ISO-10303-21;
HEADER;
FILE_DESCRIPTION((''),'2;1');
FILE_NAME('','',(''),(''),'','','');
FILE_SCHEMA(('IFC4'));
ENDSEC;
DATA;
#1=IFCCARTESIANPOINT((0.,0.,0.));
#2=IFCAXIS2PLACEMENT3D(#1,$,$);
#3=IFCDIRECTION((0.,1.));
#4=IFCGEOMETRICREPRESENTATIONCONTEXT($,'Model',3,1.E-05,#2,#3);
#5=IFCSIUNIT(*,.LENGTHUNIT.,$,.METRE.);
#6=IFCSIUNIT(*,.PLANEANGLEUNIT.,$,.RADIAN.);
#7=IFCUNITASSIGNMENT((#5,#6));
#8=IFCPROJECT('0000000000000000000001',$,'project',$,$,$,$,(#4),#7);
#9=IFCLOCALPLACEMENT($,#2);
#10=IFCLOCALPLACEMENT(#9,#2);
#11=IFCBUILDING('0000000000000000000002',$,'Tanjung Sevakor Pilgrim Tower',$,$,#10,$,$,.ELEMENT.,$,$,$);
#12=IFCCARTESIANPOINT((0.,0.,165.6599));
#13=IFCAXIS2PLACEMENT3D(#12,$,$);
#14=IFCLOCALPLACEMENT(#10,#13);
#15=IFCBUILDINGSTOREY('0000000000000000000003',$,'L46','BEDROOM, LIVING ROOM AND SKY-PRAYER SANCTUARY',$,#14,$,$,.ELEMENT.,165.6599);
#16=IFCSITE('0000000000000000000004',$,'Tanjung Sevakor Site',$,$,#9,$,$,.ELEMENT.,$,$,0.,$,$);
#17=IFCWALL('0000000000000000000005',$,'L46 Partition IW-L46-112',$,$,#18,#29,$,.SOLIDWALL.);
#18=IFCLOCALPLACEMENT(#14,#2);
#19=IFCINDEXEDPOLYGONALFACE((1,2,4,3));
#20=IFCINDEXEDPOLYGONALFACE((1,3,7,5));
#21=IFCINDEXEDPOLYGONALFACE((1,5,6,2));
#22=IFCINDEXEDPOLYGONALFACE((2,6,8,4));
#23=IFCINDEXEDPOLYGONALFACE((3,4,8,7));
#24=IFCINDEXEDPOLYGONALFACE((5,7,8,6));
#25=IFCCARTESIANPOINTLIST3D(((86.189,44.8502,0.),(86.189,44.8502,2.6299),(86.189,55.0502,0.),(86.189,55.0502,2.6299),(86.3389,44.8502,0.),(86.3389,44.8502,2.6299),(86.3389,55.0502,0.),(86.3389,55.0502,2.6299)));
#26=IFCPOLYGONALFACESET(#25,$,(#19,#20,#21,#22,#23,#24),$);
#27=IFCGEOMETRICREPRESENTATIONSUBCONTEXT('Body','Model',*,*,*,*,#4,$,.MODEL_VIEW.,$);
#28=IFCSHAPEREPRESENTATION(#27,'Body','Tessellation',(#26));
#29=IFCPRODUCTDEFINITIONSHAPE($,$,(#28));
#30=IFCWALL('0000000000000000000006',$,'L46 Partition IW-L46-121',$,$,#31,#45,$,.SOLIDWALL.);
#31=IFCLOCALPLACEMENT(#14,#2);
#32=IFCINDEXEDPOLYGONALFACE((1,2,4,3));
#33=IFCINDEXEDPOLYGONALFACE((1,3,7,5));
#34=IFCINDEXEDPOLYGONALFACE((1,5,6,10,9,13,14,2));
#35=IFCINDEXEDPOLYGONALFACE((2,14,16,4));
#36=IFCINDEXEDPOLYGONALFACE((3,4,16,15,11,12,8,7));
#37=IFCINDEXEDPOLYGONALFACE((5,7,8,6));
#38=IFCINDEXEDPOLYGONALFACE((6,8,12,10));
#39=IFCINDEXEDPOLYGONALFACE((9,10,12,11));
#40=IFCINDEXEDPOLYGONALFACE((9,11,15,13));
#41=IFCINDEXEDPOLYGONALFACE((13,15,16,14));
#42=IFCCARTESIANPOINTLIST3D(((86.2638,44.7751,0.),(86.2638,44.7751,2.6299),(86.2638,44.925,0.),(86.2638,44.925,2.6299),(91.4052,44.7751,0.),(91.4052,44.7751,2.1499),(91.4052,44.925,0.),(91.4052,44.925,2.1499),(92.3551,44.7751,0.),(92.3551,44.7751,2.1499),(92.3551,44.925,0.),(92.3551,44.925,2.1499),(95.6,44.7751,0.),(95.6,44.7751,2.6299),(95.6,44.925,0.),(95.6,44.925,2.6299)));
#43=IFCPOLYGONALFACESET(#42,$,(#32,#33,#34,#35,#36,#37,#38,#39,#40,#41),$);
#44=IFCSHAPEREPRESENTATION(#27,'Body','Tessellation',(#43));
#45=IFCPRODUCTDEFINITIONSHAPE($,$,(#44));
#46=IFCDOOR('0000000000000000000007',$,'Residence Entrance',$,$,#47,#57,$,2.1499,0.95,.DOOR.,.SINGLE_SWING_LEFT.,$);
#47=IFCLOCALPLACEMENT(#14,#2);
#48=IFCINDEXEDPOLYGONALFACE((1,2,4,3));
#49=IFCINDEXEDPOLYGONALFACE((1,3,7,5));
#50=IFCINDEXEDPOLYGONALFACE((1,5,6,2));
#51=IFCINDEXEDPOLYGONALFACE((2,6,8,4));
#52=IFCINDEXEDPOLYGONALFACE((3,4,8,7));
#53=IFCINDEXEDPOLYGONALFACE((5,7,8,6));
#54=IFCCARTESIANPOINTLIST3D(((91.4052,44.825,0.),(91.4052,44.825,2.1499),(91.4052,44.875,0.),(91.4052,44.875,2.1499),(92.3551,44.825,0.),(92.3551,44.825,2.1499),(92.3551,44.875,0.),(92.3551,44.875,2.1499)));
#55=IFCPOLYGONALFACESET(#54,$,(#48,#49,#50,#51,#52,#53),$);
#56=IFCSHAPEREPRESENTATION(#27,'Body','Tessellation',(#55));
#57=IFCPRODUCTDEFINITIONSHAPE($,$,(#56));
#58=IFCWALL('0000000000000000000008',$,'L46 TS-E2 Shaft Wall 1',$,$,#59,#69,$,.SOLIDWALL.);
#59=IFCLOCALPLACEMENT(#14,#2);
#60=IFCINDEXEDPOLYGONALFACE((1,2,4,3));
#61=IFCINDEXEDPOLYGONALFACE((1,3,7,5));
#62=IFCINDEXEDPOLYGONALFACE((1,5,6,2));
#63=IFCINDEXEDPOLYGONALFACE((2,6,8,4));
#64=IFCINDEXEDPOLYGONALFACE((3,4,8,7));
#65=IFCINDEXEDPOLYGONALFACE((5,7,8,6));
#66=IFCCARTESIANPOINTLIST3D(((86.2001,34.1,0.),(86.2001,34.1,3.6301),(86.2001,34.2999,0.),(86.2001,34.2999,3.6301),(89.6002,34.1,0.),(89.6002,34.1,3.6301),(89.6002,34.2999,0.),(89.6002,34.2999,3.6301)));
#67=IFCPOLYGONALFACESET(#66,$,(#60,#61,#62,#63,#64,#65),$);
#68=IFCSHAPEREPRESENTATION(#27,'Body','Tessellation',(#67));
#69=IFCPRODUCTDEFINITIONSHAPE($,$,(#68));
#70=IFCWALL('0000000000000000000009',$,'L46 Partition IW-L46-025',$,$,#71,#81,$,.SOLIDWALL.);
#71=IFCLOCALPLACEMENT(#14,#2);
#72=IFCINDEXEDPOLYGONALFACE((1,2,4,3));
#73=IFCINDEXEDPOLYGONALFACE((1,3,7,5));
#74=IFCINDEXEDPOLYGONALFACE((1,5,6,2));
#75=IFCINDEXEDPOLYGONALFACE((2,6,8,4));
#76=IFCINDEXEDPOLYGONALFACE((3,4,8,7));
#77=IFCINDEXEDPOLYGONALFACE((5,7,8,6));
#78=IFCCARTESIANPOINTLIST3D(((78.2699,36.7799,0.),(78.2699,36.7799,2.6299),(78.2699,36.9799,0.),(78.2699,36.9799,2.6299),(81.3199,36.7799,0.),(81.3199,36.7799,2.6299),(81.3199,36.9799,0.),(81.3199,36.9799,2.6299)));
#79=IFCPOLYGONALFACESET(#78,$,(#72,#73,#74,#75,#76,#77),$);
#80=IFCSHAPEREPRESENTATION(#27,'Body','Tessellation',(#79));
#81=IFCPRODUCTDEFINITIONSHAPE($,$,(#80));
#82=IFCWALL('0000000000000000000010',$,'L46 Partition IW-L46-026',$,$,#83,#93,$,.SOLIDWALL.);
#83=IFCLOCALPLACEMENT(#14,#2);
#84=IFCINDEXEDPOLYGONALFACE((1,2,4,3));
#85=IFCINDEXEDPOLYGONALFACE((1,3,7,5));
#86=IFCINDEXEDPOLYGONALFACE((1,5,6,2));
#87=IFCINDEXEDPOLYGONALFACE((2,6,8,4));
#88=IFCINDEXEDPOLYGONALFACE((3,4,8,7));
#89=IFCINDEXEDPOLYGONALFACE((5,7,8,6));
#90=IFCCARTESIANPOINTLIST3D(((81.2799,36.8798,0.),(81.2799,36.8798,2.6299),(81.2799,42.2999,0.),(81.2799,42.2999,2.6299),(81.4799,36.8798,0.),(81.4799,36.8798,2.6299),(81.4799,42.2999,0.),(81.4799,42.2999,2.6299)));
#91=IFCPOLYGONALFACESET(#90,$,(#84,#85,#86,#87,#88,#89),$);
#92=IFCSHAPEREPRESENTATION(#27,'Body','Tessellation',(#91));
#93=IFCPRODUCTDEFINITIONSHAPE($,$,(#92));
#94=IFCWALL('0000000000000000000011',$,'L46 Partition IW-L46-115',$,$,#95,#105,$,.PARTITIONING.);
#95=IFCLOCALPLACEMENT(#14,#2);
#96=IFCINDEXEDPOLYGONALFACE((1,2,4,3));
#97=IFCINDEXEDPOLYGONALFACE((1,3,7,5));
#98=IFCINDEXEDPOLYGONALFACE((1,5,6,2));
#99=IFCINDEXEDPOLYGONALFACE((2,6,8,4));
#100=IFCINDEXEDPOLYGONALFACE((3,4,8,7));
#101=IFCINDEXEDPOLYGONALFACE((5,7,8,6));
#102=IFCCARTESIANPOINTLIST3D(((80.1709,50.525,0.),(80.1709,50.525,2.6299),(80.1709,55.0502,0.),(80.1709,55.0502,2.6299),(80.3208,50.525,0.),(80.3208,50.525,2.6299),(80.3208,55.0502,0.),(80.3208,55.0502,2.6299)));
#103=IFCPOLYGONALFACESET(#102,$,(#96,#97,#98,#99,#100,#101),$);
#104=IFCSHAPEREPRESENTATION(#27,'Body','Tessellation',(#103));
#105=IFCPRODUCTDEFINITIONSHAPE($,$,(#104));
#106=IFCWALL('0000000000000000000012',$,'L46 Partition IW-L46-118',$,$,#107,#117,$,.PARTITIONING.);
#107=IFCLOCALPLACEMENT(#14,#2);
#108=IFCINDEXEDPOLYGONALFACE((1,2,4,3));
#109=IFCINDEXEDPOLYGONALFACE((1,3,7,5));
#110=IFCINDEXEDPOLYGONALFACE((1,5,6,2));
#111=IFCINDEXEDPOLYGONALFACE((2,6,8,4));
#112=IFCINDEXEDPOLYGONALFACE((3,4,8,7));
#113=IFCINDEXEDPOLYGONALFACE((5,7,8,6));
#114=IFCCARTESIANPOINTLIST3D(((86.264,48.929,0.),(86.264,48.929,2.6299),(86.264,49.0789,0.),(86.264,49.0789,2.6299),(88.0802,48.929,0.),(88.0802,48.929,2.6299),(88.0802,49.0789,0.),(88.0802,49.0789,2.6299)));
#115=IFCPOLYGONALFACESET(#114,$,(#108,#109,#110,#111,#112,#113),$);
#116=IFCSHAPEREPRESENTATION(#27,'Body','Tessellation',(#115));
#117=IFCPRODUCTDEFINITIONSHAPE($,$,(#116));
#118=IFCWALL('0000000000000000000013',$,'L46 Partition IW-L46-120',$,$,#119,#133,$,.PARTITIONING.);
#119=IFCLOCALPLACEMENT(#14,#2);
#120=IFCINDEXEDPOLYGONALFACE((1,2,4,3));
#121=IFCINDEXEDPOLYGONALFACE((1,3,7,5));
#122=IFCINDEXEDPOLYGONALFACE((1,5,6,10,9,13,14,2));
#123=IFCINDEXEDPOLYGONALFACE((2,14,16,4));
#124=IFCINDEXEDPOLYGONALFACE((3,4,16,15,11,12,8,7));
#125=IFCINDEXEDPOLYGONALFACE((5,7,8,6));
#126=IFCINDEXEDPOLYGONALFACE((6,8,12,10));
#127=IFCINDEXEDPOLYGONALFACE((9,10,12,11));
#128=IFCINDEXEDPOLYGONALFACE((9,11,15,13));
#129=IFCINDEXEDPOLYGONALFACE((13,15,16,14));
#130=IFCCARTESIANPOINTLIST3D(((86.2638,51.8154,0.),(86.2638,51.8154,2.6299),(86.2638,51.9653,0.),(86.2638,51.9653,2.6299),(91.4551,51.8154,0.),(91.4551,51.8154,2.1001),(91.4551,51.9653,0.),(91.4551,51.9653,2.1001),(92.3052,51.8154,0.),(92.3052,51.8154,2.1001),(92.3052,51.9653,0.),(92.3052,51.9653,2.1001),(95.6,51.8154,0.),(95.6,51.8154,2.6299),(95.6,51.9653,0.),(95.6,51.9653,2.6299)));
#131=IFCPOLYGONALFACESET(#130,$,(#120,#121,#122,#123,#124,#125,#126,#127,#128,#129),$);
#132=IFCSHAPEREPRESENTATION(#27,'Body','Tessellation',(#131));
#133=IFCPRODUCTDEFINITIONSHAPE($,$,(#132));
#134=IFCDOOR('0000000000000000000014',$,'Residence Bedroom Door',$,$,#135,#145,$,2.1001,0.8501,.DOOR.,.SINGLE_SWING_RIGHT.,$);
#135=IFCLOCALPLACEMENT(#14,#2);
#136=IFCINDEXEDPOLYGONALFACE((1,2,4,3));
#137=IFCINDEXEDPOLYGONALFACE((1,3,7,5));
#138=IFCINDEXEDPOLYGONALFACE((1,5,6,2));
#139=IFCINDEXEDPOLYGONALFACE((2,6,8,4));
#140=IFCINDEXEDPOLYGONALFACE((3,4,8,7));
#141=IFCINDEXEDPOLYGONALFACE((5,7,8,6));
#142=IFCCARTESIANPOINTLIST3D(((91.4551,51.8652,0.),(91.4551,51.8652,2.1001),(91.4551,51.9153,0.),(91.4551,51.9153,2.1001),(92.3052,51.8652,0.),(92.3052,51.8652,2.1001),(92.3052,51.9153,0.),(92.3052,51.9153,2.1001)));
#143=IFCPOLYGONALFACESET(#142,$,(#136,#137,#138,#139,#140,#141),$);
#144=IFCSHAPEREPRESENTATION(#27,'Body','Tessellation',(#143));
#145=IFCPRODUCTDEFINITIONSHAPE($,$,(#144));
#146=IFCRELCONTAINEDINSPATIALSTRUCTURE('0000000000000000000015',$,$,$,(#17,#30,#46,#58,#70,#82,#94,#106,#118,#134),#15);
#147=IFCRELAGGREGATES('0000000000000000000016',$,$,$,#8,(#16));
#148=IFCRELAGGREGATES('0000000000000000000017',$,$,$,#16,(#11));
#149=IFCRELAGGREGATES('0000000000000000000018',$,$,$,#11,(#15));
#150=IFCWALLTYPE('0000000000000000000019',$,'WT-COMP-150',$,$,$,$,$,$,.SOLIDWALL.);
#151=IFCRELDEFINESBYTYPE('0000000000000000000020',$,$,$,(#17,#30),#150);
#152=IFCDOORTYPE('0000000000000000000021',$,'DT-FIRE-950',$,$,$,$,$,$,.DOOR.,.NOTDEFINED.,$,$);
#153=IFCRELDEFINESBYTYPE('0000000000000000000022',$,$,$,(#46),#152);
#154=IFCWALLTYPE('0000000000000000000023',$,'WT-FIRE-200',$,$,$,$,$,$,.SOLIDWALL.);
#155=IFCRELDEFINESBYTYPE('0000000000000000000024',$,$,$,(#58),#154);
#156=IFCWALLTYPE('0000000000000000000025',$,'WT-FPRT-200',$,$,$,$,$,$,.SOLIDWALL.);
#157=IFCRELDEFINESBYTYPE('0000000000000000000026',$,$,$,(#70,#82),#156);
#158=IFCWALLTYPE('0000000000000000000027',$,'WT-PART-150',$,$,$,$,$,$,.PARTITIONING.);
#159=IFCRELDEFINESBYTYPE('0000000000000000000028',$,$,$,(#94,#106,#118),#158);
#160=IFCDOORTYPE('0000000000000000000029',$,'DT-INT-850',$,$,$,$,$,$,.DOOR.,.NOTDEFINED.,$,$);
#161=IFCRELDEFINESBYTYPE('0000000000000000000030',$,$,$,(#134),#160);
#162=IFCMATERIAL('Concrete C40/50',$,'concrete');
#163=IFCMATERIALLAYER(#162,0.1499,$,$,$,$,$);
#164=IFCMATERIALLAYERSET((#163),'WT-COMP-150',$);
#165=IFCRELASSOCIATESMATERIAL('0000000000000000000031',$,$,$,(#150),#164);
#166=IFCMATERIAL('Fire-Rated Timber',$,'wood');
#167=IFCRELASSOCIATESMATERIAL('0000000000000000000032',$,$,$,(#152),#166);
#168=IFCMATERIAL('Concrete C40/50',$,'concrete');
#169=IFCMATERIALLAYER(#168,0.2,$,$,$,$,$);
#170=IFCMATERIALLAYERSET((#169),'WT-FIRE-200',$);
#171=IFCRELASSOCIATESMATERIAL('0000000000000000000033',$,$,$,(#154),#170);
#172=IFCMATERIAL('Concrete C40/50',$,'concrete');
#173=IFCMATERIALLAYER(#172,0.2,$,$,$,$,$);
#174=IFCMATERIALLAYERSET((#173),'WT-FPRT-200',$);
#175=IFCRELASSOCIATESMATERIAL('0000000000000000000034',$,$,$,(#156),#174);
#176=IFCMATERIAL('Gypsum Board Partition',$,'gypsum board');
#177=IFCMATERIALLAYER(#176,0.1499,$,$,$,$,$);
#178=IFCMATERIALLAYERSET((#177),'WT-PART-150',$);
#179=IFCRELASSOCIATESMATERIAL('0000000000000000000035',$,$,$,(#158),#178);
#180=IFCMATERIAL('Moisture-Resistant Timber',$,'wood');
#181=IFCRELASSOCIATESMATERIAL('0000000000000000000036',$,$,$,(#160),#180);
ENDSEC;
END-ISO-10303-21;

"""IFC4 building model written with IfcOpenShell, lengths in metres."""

from ifc_helpers import new_model, si_unit, direction, frame, frame_2d, origin, place, context, subcontext, project, spatial, rectangle, extrude, material, layer, layer_set, type_object, element, fill, save


model = new_model("IFC4")

# Units and contexts
model_context = context("Model", 3, precision=1e-05, world=origin(), true_north=direction((0.0, 1.0)))
body_context = subcontext(model_context, "Body", "Model", "MODEL_VIEW")
ifc_project = project(units=[si_unit("LENGTHUNIT", "METRE"), si_unit("PLANEANGLEUNIT", "RADIAN")], contexts=[model_context])

# Site, building, storey
site_placement = place(None, origin())
site = spatial("IfcSite", under=ifc_project, at=site_placement, Name="Tanjung Sevakor Site", CompositionType="ELEMENT", RefElevation=0.0)
building_placement = place(site_placement, origin())
building = spatial("IfcBuilding", under=site, at=building_placement, Name="Tanjung Sevakor Pilgrim Tower", CompositionType="ELEMENT")
storey_placement = place(building_placement, frame((0.0, 0.0, 165.6599)))
storey = spatial("IfcBuildingStorey", under=building, at=storey_placement, Name="L46", Description="BEDROOM, LIVING ROOM AND SKY-PRAYER SANCTUARY", CompositionType="ELEMENT", Elevation=165.6599)

# Shared definitions
ifc_material_1 = material(Name="Concrete C40/50", Category="concrete")
ifc_layer_1 = layer(ifc_material_1, 0.1499)
ifc_layer_set_1 = layer_set([ifc_layer_1], Name="WT-COMP-150")
wall_type_1 = type_object("IfcWallType", Name="WT-COMP-150", PredefinedType="SOLIDWALL", material=ifc_layer_set_1)

# Shared definitions
ifc_material_2 = material(Name="Fire-Rated Timber", Category="wood")
door_type_1 = type_object("IfcDoorType", Name="DT-FIRE-950", OperationType="NOTDEFINED", PredefinedType="DOOR", material=ifc_material_2)

# Wall
wall_1_placement = place(storey_placement, frame((86.2639, 44.8501, 0.0), z_axis=(0.0, 0.0, 1.0), x_axis=(0.0, 1.0, 0.0)))
element("IfcWall", 1, at=wall_1_placement, inside=storey, type_object=wall_type_1, Name="L46 Partition IW-L46-112", PredefinedType="SOLIDWALL", context=body_context, shape_type="SweptSolid", body=[
    extrude(rectangle(XDim=10.2, YDim=0.1499, at=frame_2d((5.1001, 0.0))), origin(), (0.0, 0.0, 1.0), 2.6299),
])

# Wall, opening, door
wall_2_placement = place(storey_placement, frame((86.2639, 44.8501, 0.0), z_axis=(0.0, 0.0, 1.0), x_axis=(1.0, 0.0, 0.0)))
wall_2 = element("IfcWall", 2, at=wall_2_placement, inside=storey, type_object=wall_type_1, Name="L46 Partition IW-L46-121", PredefinedType="SOLIDWALL", context=body_context, shape_type="SweptSolid", body=[
    extrude(rectangle(XDim=9.3362, YDim=0.1499, at=frame_2d((4.668, 0.0))), origin(), (0.0, 0.0, 1.0), 2.6299),
])
opening_1_placement = place(wall_2_placement, frame((5.1411, 0.0, 0.0)))
opening_1 = element("IfcOpeningElement", 3, at=opening_1_placement, cuts=wall_2, PredefinedType="OPENING", context=body_context, shape_type="SweptSolid", body=[
    extrude(rectangle(XDim=0.95, YDim=2.1499, at=frame_2d((0.4751, 1.075))), frame((0.0, 0.085, 0.0), z_axis=(0.0, -1.0, 0.0), x_axis=(1.0, 0.0, 0.0)), (0.0, 0.0, 1.0), 0.1699),
])
door_1_placement = place(opening_1_placement, origin())
door_1 = element("IfcDoor", 4, at=door_1_placement, inside=storey, type_object=door_type_1, Name="Residence Entrance", OperationType="SINGLE_SWING_LEFT", OverallHeight=2.1499, OverallWidth=0.95, PredefinedType="DOOR", context=body_context, shape_type="SweptSolid", body=[
    extrude(rectangle(XDim=0.95, YDim=2.1499, at=frame_2d((0.4751, 1.075))), frame((0.0, 0.0249, 0.0), z_axis=(0.0, -1.0, 0.0), x_axis=(1.0, 0.0, 0.0)), (0.0, 0.0, 1.0), 0.05),
])
fill(opening_1, door_1)

# Walls
ifc_material_3 = material(Name="Concrete C40/50", Category="concrete")
ifc_layer_2 = layer(ifc_material_3, 0.2)
ifc_layer_set_2 = layer_set([ifc_layer_2], Name="WT-FIRE-200")
wall_type_2 = type_object("IfcWallType", Name="WT-FIRE-200", PredefinedType="SOLIDWALL", material=ifc_layer_set_2)
wall_3_placement = place(storey_placement, frame((86.2, 34.2, 0.0), z_axis=(0.0, 0.0, 1.0), x_axis=(1.0, 0.0, 0.0)))
element("IfcWall", 5, at=wall_3_placement, inside=storey, type_object=wall_type_2, Name="L46 TS-E2 Shaft Wall 1", PredefinedType="SOLIDWALL", context=body_context, shape_type="SweptSolid", body=[
    extrude(rectangle(XDim=3.4001, YDim=0.2, at=frame_2d((1.7002, 0.0))), origin(), (0.0, 0.0, 1.0), 3.6301),
])
ifc_material_4 = material(Name="Concrete C40/50", Category="concrete")
ifc_layer_3 = layer(ifc_material_4, 0.2)
ifc_layer_set_3 = layer_set([ifc_layer_3], Name="WT-FPRT-200")
wall_type_3 = type_object("IfcWallType", Name="WT-FPRT-200", PredefinedType="SOLIDWALL", material=ifc_layer_set_3)
wall_4_placement = place(storey_placement, frame((78.27, 36.8799, 0.0), z_axis=(0.0, 0.0, 1.0), x_axis=(1.0, 0.0, 0.0)))
element("IfcWall", 6, at=wall_4_placement, inside=storey, type_object=wall_type_3, Name="L46 Partition IW-L46-025", PredefinedType="SOLIDWALL", context=body_context, shape_type="SweptSolid", body=[
    extrude(rectangle(XDim=3.05, YDim=0.2, at=frame_2d((1.5249, 0.0))), origin(), (0.0, 0.0, 1.0), 2.6299),
])
wall_5_placement = place(storey_placement, frame((81.3799, 36.8799, 0.0), z_axis=(0.0, 0.0, 1.0), x_axis=(0.0, 1.0, 0.0)))
element("IfcWall", 7, at=wall_5_placement, inside=storey, type_object=wall_type_3, Name="L46 Partition IW-L46-026", PredefinedType="SOLIDWALL", context=body_context, shape_type="SweptSolid", body=[
    extrude(rectangle(XDim=5.4202, YDim=0.2, at=frame_2d((2.71, 0.0))), origin(), (0.0, 0.0, 1.0), 2.6299),
])
ifc_material_5 = material(Name="Gypsum Board Partition", Category="gypsum board")
ifc_layer_4 = layer(ifc_material_5, 0.1499)
ifc_layer_set_4 = layer_set([ifc_layer_4], Name="WT-PART-150")
wall_type_4 = type_object("IfcWallType", Name="WT-PART-150", PredefinedType="PARTITIONING", material=ifc_layer_set_4)
wall_6_placement = place(storey_placement, frame((80.2458, 50.5249, 0.0), z_axis=(0.0, 0.0, 1.0), x_axis=(0.0, 1.0, 0.0)))
element("IfcWall", 8, at=wall_6_placement, inside=storey, type_object=wall_type_4, Name="L46 Partition IW-L46-115", PredefinedType="PARTITIONING", context=body_context, shape_type="SweptSolid", body=[
    extrude(rectangle(XDim=4.5251, YDim=0.1499, at=frame_2d((2.2627, 0.0))), origin(), (0.0, 0.0, 1.0), 2.6299),
])
wall_7_placement = place(storey_placement, frame((86.2639, 49.0039, 0.0), z_axis=(0.0, 0.0, 1.0), x_axis=(1.0, 0.0, 0.0)))
element("IfcWall", 9, at=wall_7_placement, inside=storey, type_object=wall_type_4, Name="L46 Partition IW-L46-118", PredefinedType="PARTITIONING", context=body_context, shape_type="SweptSolid", body=[
    extrude(rectangle(XDim=1.8162, YDim=0.1499, at=frame_2d((0.9082, 0.0))), origin(), (0.0, 0.0, 1.0), 2.6299),
])

# Wall, opening, door
wall_8_placement = place(storey_placement, frame((86.2639, 51.8904, 0.0), z_axis=(0.0, 0.0, 1.0), x_axis=(1.0, 0.0, 0.0)))
wall_8 = element("IfcWall", 10, at=wall_8_placement, inside=storey, type_object=wall_type_4, Name="L46 Partition IW-L46-120", PredefinedType="PARTITIONING", context=body_context, shape_type="SweptSolid", body=[
    extrude(rectangle(XDim=9.3362, YDim=0.1499, at=frame_2d((4.668, 0.0))), origin(), (0.0, 0.0, 1.0), 2.6299),
])
opening_2_placement = place(wall_8_placement, frame((5.1912, 0.0, 0.0)))
opening_2 = element("IfcOpeningElement", 11, at=opening_2_placement, cuts=wall_8, PredefinedType="OPENING", context=body_context, shape_type="SweptSolid", body=[
    extrude(rectangle(XDim=0.8501, YDim=2.1001, at=frame_2d((0.425, 1.05))), frame((0.0, 0.085, 0.0), z_axis=(0.0, -1.0, 0.0), x_axis=(1.0, 0.0, 0.0)), (0.0, 0.0, 1.0), 0.1699),
])
ifc_material_6 = material(Name="Moisture-Resistant Timber", Category="wood")
door_type_2 = type_object("IfcDoorType", Name="DT-INT-850", OperationType="NOTDEFINED", PredefinedType="DOOR", material=ifc_material_6)
door_2_placement = place(opening_2_placement, origin())
door_2 = element("IfcDoor", 12, at=door_2_placement, inside=storey, type_object=door_type_2, Name="Residence Bedroom Door", OperationType="SINGLE_SWING_RIGHT", OverallHeight=2.1001, OverallWidth=0.8501, PredefinedType="DOOR", context=body_context, shape_type="SweptSolid", body=[
    extrude(rectangle(XDim=0.8501, YDim=2.1001, at=frame_2d((0.425, 1.05))), frame((0.0, 0.0249, 0.0), z_axis=(0.0, -1.0, 0.0), x_axis=(1.0, 0.0, 0.0)), (0.0, 0.0, 1.0), 0.05),
])
fill(opening_2, door_2)

save(model, "model.ifc")
